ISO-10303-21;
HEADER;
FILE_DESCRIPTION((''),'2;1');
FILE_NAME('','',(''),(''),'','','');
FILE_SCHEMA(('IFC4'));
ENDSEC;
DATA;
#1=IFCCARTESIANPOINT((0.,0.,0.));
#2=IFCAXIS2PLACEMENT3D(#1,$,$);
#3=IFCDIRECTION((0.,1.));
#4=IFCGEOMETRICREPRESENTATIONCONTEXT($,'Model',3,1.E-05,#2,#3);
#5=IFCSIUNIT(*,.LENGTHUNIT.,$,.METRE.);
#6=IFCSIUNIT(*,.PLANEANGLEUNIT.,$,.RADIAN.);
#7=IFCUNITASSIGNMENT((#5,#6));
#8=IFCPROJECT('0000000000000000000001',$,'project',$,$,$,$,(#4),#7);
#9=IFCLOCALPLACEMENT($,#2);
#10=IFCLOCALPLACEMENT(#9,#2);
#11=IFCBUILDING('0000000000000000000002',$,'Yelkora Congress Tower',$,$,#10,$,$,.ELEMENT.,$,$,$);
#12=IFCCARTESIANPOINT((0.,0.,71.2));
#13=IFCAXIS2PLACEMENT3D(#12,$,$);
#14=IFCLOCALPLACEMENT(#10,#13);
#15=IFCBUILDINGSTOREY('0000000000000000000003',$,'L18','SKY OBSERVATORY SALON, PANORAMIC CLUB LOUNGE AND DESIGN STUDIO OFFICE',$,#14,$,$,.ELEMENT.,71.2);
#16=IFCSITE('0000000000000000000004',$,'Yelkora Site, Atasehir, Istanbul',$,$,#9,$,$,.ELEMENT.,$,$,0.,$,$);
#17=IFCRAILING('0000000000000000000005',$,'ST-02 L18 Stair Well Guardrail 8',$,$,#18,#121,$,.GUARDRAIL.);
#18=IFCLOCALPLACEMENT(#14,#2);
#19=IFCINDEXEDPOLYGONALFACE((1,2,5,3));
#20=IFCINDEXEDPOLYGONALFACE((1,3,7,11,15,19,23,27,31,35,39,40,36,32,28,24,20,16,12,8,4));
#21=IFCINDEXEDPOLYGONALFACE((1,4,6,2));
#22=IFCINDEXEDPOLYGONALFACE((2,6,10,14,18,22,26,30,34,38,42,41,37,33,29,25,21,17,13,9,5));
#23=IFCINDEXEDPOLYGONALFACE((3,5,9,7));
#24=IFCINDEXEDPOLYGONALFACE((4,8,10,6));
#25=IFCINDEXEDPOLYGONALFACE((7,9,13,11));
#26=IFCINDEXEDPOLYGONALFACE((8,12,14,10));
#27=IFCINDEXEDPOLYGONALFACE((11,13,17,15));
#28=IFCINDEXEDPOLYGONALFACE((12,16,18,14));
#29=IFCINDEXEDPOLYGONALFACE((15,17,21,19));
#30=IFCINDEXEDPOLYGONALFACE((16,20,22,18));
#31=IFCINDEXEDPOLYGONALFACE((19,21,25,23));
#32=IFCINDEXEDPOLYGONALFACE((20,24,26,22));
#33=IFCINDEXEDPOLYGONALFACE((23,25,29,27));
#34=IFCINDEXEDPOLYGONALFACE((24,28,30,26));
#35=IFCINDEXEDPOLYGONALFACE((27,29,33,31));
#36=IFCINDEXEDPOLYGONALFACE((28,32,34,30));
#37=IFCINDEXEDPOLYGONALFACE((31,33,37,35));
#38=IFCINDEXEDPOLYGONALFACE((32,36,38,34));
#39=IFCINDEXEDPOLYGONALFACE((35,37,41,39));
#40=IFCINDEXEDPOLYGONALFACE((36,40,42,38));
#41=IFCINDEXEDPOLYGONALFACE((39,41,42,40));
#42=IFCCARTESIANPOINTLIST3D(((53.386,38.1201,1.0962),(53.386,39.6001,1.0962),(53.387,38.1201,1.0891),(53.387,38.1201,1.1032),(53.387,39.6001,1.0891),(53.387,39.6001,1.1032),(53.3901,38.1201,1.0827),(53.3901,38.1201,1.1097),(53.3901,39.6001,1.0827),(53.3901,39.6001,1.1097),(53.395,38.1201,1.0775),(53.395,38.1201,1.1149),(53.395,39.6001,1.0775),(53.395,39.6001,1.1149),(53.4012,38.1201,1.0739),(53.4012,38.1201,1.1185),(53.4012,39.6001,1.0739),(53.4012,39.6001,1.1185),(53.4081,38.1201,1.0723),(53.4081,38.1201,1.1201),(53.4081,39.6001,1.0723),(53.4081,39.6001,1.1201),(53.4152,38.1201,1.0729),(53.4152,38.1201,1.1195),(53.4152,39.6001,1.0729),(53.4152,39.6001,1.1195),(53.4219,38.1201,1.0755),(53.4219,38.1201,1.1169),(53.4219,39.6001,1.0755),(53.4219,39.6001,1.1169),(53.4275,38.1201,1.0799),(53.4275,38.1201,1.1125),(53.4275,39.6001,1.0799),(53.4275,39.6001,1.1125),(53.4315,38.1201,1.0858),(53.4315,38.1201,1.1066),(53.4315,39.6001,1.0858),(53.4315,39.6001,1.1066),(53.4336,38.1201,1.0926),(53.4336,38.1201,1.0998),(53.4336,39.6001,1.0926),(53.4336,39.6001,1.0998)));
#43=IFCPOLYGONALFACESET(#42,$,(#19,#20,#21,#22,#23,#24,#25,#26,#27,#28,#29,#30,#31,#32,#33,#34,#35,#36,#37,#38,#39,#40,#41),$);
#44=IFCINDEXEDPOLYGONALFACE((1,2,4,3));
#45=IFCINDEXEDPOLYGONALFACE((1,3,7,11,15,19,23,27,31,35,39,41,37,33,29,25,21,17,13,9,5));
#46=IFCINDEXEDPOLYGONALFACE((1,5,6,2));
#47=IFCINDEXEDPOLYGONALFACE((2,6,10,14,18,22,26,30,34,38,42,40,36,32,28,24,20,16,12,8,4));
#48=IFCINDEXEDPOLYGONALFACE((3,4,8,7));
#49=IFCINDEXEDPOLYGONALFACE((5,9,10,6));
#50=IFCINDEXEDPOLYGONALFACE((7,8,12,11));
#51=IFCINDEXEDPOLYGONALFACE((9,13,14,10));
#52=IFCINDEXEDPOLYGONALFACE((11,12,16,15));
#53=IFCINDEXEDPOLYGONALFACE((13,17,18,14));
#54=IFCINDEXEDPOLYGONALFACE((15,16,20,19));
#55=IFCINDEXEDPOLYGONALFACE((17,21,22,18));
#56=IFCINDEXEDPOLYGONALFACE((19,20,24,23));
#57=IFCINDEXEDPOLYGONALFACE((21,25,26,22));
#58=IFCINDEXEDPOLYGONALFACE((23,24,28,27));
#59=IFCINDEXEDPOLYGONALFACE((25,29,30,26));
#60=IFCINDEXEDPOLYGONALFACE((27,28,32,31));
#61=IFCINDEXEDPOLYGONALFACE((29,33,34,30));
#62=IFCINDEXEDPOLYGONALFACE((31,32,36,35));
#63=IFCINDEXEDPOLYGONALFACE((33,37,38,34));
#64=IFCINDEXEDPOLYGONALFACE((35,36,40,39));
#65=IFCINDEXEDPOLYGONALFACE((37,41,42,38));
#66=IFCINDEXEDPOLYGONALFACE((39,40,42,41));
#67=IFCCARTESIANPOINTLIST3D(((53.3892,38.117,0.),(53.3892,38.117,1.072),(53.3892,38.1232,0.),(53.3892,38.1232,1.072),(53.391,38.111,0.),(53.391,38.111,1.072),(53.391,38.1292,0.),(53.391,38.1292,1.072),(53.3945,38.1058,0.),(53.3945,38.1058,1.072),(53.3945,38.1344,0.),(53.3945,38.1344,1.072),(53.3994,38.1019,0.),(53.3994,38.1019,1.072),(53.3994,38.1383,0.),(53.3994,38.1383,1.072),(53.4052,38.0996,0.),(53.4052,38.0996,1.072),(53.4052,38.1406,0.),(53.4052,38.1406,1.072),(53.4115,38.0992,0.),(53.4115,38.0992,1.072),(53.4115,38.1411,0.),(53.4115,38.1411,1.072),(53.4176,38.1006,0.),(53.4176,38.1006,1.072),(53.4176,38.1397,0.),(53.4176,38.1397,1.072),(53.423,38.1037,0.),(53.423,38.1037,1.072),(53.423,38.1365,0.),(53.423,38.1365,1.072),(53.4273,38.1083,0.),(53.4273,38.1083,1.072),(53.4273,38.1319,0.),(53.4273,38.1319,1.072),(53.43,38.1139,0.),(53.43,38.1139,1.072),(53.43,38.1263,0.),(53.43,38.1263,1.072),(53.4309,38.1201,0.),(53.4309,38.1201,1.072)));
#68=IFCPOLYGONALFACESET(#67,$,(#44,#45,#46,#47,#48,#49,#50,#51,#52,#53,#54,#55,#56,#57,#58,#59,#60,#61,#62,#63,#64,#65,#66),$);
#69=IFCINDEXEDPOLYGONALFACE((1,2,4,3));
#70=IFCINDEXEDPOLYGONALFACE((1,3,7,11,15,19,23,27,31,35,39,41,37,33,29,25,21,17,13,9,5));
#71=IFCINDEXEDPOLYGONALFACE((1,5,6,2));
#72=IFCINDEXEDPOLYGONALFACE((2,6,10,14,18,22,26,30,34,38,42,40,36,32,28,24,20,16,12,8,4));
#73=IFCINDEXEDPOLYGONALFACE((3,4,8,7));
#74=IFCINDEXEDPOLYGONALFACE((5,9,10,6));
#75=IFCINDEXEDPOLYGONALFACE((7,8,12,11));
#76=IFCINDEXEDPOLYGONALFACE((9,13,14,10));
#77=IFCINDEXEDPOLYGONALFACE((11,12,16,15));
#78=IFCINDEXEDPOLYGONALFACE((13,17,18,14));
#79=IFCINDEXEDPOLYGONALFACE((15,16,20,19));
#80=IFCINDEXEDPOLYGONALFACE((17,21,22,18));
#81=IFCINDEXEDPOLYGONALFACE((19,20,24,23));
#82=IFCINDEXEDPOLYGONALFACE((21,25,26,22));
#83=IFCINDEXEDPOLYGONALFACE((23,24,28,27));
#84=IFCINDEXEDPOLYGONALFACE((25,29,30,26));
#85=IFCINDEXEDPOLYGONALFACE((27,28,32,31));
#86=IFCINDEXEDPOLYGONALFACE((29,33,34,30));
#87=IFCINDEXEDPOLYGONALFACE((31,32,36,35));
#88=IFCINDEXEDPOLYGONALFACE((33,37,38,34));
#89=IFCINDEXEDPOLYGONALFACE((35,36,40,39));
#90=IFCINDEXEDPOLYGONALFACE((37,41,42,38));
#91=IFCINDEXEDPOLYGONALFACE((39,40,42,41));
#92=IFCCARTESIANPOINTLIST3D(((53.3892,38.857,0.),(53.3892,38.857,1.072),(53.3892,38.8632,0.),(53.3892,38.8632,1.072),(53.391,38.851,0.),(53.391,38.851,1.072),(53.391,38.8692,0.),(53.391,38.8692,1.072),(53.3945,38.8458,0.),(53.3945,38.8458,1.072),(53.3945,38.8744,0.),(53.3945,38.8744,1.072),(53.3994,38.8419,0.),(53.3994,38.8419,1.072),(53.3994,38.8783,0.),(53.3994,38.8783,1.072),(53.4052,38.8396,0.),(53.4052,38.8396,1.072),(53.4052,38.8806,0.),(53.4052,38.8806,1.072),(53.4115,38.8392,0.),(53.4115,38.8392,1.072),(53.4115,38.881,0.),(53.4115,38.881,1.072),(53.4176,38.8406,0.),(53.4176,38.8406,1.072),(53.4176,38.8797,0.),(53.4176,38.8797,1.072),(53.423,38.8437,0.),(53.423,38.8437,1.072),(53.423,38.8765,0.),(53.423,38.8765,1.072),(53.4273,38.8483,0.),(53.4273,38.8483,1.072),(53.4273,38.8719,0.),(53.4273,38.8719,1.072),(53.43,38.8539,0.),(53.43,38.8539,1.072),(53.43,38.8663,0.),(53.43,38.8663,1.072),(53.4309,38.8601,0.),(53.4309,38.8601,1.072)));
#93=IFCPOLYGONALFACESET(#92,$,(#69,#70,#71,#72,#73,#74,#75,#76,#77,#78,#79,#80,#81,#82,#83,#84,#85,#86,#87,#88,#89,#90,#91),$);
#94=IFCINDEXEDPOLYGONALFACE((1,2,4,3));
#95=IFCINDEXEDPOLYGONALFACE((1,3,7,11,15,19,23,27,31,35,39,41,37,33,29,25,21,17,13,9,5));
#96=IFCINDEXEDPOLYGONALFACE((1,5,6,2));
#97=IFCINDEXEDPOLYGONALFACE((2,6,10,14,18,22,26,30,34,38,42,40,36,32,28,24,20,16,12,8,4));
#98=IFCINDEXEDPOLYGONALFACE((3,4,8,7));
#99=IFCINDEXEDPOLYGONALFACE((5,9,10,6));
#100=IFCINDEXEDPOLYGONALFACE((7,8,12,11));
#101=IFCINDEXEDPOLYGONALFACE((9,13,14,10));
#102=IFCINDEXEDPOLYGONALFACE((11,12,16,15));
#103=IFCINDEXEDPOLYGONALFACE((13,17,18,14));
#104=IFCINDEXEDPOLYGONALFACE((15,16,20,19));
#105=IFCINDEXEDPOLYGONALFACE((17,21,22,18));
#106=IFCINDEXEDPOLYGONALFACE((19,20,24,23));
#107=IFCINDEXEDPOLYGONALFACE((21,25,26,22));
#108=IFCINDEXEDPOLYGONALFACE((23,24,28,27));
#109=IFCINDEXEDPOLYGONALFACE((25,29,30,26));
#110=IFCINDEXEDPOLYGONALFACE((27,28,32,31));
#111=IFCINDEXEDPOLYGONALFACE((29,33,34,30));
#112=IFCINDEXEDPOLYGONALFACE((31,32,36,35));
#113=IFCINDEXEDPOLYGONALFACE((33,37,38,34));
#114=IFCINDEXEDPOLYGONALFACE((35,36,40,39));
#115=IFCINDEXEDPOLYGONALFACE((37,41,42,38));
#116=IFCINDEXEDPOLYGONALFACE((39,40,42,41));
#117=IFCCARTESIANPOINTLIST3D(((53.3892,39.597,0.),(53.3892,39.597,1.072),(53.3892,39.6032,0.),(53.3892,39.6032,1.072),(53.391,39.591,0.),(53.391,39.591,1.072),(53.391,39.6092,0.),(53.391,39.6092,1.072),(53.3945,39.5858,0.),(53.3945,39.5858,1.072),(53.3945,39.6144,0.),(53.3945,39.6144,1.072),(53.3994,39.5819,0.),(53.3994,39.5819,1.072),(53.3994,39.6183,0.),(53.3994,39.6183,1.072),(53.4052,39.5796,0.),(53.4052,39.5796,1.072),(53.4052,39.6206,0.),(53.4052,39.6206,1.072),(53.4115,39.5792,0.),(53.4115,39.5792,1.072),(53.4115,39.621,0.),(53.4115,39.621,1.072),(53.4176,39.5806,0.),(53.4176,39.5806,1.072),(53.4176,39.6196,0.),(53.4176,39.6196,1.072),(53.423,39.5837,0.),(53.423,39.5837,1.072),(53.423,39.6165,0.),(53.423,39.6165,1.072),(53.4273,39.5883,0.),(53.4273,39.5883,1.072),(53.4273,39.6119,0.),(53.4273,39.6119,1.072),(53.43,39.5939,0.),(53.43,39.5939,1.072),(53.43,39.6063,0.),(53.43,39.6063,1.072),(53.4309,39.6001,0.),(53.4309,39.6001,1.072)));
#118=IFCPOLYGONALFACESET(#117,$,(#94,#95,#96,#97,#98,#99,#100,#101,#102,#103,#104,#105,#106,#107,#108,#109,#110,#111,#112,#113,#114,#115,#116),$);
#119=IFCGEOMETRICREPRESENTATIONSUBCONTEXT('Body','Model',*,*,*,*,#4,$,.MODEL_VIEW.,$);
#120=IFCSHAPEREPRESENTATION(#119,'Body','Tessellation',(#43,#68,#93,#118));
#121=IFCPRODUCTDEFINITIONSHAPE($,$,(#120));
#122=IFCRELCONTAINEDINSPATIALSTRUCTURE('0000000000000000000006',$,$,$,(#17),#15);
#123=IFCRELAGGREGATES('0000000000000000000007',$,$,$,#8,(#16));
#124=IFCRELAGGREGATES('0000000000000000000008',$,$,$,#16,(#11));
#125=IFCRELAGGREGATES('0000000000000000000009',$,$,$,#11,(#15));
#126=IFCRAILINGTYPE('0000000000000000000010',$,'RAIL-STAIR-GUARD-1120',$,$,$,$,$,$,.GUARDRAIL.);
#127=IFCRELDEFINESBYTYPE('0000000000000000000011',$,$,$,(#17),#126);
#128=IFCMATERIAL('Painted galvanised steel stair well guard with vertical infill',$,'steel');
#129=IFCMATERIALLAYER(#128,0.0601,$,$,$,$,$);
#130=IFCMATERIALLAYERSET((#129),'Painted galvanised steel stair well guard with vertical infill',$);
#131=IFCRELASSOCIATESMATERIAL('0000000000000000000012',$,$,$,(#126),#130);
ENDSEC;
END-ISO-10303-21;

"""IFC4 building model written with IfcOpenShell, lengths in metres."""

from ifc_helpers import new_model, si_unit, direction, frame, origin, origin_2d, place, context, subcontext, project, spatial, circle, extrude, material, layer, layer_set, type_object, element, save


model = new_model("IFC4")

# Units and contexts
model_context = context("Model", 3, precision=1e-05, world=origin(), true_north=direction((0.0, 1.0)))
body_context = subcontext(model_context, "Body", "Model", "MODEL_VIEW")
ifc_project = project(units=[si_unit("LENGTHUNIT", "METRE"), si_unit("PLANEANGLEUNIT", "RADIAN")], contexts=[model_context])

# Site, building, storey
site_placement = place(None, origin())
site = spatial("IfcSite", under=ifc_project, at=site_placement, Name="Yelkora Site, Atasehir, Istanbul", CompositionType="ELEMENT", RefElevation=0.0)
building_placement = place(site_placement, origin())
building = spatial("IfcBuilding", under=site, at=building_placement, Name="Yelkora Congress Tower", CompositionType="ELEMENT")
storey_placement = place(building_placement, frame((0.0, 0.0, 71.2)))
storey = spatial("IfcBuildingStorey", under=building, at=storey_placement, Name="L18", Description="SKY OBSERVATORY SALON, PANORAMIC CLUB LOUNGE AND DESIGN STUDIO OFFICE", CompositionType="ELEMENT", Elevation=71.2)

# Railing
ifc_material_1 = material(Name="Painted galvanised steel stair well guard with vertical infill", Category="steel")
ifc_layer_1 = layer(ifc_material_1, 0.0601)
ifc_layer_set_1 = layer_set([ifc_layer_1], Name="Painted galvanised steel stair well guard with vertical infill")
railing_type_1 = type_object("IfcRailingType", Name="RAIL-STAIR-GUARD-1120", PredefinedType="GUARDRAIL", material=ifc_layer_set_1)
railing_1_placement = place(storey_placement, frame((53.4099, 38.1201, 0.0)))
element("IfcRailing", 1, at=railing_1_placement, inside=storey, type_object=railing_type_1, Name="ST-02 L18 Stair Well Guardrail 8", PredefinedType="GUARDRAIL", context=body_context, shape_type="SweptSolid", body=[
    extrude(circle(Radius=0.0239, at=origin_2d()), frame((0.0, 0.0, 1.0962), z_axis=(0.0, 1.0, 0.0), x_axis=(-1.0, 0.0, 0.0)), (0.0, 0.0, 1.0), 1.48),
    extrude(circle(Radius=0.021, at=origin_2d()), origin(), (0.0, 0.0, 1.0), 1.072),
    extrude(circle(Radius=0.021, at=origin_2d()), frame((0.0, 0.74, 0.0)), (0.0, 0.0, 1.0), 1.072),
    extrude(circle(Radius=0.021, at=origin_2d()), frame((0.0, 1.48, 0.0)), (0.0, 0.0, 1.0), 1.072),
])

save(model, "model.ifc")
